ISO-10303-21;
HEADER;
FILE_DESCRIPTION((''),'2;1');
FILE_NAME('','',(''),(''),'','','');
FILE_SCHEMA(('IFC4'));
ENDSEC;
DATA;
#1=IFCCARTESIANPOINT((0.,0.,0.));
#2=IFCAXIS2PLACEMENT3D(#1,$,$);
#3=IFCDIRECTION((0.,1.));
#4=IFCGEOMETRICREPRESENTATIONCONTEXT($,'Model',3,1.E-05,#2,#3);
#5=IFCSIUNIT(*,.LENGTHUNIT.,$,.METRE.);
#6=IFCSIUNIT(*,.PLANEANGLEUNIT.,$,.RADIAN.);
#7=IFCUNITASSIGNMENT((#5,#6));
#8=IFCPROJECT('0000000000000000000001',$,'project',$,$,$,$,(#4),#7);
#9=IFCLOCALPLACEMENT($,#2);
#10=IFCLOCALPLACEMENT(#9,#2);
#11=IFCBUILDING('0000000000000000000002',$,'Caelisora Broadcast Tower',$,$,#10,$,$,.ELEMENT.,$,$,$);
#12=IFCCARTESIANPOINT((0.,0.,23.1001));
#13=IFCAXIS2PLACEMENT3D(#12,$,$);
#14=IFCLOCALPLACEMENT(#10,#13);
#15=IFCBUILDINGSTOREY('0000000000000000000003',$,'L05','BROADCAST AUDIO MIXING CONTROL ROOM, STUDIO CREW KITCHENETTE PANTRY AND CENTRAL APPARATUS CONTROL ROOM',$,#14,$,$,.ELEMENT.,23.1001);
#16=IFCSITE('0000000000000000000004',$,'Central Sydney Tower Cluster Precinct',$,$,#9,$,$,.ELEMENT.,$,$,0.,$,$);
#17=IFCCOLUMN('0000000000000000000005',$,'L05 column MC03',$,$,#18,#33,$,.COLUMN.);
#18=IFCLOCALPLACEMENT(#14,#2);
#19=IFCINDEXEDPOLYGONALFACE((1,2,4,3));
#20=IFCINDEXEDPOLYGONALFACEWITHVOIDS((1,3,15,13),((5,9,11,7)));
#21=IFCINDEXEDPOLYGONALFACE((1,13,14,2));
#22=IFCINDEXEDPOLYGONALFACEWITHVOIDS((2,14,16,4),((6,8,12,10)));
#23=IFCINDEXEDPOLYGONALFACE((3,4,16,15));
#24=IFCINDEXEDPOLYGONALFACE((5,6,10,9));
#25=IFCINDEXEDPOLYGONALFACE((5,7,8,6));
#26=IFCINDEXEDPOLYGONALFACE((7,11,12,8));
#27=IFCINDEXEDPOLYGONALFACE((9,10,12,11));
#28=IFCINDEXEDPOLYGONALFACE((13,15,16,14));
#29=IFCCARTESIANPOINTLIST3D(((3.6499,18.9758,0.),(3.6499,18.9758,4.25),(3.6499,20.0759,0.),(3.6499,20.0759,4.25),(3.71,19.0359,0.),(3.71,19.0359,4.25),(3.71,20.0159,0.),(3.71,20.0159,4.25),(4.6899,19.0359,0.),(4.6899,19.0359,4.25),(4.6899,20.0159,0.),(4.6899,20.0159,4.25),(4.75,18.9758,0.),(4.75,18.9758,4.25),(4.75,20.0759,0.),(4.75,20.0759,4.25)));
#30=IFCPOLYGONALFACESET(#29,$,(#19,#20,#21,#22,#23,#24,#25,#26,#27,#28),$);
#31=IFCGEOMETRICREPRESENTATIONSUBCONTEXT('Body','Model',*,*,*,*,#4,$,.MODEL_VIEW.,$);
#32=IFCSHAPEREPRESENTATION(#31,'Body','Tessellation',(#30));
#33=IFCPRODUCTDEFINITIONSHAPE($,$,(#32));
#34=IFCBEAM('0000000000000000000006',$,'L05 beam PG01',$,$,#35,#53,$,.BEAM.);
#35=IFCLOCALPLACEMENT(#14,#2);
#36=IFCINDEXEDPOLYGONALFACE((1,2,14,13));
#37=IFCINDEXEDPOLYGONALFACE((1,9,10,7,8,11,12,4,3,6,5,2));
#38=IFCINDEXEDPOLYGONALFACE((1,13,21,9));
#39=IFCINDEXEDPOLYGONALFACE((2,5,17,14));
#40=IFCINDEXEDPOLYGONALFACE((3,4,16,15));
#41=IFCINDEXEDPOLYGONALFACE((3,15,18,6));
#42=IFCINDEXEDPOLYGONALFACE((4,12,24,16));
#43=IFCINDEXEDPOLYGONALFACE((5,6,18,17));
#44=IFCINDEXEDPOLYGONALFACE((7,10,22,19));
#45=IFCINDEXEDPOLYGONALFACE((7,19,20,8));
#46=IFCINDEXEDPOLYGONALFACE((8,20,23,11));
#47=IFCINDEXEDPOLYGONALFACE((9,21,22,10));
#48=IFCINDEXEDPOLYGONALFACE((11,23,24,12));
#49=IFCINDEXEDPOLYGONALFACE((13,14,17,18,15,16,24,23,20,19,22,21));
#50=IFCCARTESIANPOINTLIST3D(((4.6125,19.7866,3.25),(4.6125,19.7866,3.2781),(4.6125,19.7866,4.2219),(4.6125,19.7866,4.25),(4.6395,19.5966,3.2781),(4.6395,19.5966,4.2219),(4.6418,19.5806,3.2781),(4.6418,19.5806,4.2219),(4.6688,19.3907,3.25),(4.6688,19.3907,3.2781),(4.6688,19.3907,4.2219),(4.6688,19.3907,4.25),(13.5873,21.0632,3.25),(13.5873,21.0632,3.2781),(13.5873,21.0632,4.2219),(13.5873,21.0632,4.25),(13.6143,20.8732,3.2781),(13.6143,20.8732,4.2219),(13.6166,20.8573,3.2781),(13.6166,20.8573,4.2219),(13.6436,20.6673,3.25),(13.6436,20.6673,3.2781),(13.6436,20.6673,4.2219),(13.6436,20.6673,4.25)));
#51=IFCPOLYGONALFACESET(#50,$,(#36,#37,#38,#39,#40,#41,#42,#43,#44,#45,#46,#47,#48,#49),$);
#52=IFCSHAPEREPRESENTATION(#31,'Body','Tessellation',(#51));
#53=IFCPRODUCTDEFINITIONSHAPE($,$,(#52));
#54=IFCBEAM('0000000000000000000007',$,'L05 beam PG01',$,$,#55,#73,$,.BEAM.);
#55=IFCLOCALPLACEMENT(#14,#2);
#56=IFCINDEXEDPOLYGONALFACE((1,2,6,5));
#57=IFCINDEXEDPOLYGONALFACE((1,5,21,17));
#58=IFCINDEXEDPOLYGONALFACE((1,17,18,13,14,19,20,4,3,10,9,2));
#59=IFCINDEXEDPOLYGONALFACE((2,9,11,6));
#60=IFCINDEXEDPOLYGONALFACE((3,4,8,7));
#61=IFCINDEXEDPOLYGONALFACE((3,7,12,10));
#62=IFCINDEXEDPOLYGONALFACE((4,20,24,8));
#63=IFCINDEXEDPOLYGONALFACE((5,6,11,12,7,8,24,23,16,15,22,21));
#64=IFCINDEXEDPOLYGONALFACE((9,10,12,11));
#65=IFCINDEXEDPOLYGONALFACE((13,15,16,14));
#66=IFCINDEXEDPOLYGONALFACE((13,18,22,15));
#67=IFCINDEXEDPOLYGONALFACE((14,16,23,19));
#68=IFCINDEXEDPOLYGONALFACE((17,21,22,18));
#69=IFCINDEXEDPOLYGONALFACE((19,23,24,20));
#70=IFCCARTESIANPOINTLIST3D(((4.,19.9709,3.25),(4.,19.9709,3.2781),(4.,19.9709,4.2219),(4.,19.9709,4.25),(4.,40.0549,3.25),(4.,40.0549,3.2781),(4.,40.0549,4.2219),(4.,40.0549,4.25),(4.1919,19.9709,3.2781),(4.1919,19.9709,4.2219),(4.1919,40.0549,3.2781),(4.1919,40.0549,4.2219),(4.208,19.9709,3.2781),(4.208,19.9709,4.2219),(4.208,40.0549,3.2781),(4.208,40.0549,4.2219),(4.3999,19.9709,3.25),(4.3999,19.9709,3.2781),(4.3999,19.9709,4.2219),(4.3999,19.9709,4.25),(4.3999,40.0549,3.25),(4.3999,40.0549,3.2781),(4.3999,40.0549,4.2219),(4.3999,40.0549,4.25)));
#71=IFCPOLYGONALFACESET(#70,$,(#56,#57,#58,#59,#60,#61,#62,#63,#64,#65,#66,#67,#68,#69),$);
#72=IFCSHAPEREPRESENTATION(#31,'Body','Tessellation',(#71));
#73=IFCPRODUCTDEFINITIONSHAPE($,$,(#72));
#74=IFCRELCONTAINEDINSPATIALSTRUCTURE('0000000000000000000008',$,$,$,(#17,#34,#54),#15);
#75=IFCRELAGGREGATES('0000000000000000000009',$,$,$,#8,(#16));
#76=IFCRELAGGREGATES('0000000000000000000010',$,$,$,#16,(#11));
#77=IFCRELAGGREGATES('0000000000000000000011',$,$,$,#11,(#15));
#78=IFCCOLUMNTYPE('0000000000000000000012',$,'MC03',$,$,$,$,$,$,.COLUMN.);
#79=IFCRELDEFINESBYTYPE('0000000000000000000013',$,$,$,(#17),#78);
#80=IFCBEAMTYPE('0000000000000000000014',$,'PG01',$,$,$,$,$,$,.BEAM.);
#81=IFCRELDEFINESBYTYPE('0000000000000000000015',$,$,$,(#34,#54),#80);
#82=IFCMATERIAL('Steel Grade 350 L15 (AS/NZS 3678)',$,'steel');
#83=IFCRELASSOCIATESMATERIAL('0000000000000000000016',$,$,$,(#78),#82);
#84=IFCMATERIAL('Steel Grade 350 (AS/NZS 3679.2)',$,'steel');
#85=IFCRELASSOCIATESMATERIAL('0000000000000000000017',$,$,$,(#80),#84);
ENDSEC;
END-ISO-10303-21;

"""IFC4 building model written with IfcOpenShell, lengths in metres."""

from ifc_helpers import new_model, si_unit, direction, frame, origin, origin_2d, place, context, subcontext, project, spatial, hollow_rectangle, i_section, extrude, source, transform, mapped, material, material_profile, profile_set, type_object, type_shapes, element, save


model = new_model("IFC4")

# Units and contexts
model_context = context("Model", 3, precision=1e-05, world=origin(), true_north=direction((0.0, 1.0)))
body_context = subcontext(model_context, "Body", "Model", "MODEL_VIEW")
ifc_project = project(units=[si_unit("LENGTHUNIT", "METRE"), si_unit("PLANEANGLEUNIT", "RADIAN")], contexts=[model_context])

# Site, building, storey
site_placement = place(None, origin())
site = spatial("IfcSite", under=ifc_project, at=site_placement, Name="Central Sydney Tower Cluster Precinct", CompositionType="ELEMENT", RefElevation=0.0)
building_placement = place(site_placement, origin())
building = spatial("IfcBuilding", under=site, at=building_placement, Name="Caelisora Broadcast Tower", CompositionType="ELEMENT")
storey_placement = place(building_placement, frame((0.0, 0.0, 23.1001)))
storey = spatial("IfcBuildingStorey", under=building, at=storey_placement, Name="L05", Description="BROADCAST AUDIO MIXING CONTROL ROOM, STUDIO CREW KITCHENETTE PANTRY AND CENTRAL APPARATUS CONTROL ROOM", CompositionType="ELEMENT", Elevation=23.1001)

# Column
ifc_material_1 = material(Name="Steel Grade 350 L15 (AS/NZS 3678)", Category="steel")
ifc_material_profile_1 = material_profile(ifc_material_1, hollow_rectangle(XDim=1.1001, YDim=1.1001, WallThickness=0.0601, at=origin_2d()), Name="Steel Grade 350 L15 (AS/NZS 3678)")
ifc_profile_set_1 = profile_set([ifc_material_profile_1], Name="Steel Grade 350 L15 (AS/NZS 3678)")
column_type = type_object("IfcColumnType", Name="MC03", PredefinedType="COLUMN", material=ifc_profile_set_1)
shared_shape_1 = source(origin(), body_context, "Body", "SweptSolid", [
    extrude(hollow_rectangle(XDim=1.1001, YDim=1.1001, WallThickness=0.0601, at=origin_2d()), origin(), (0.0, 0.0, 1.0), 4.25),
])
type_shapes(column_type, [shared_shape_1])
column_placement = place(storey_placement, frame((4.2, 19.5259, 0.0), z_axis=(0.0, 0.0, 1.0), x_axis=(1.0, 0.0, 0.0)))
element("IfcColumn", 1, at=column_placement, inside=storey, type_object=column_type, Name="L05 column MC03", PredefinedType="COLUMN", context=body_context, shape_type="MappedRepresentation", body=[
    mapped(shared_shape_1, transform((0.0, 0.0, 0.0), scale=1.0)),
])

# Beams
ifc_material_2 = material(Name="Steel Grade 350 (AS/NZS 3679.2)", Category="steel")
ifc_material_profile_2 = material_profile(ifc_material_2, i_section(OverallWidth=0.3999, OverallDepth=1.0, WebThickness=0.0161, FlangeThickness=0.0281, at=origin_2d()), Name="Steel Grade 350 (AS/NZS 3679.2)")
ifc_profile_set_2 = profile_set([ifc_material_profile_2], Name="Steel Grade 350 (AS/NZS 3679.2)")
beam_type = type_object("IfcBeamType", Name="PG01", PredefinedType="BEAM", material=ifc_profile_set_2)
shared_shape_2 = source(origin(), body_context, "Body", "SweptSolid", [
    extrude(i_section(OverallWidth=0.3999, OverallDepth=1.0, WebThickness=0.0161, FlangeThickness=0.0281, at=origin_2d()), origin(), (0.0, 0.0, 1.0), 9.0652),
])
beam_1_placement = place(storey_placement, frame((4.6406, 19.5886, 3.75), z_axis=(0.990034, 0.140826, 0.0), x_axis=(-0.140826, 0.990034, 0.0)))
element("IfcBeam", 2, at=beam_1_placement, inside=storey, type_object=beam_type, Name="L05 beam PG01", PredefinedType="BEAM", context=body_context, shape_type="MappedRepresentation", body=[
    mapped(shared_shape_2, transform((0.0, 0.0, 0.0), scale=1.0)),
])
shared_shape_3 = source(origin(), body_context, "Body", "SweptSolid", [
    extrude(i_section(OverallWidth=0.3999, OverallDepth=1.0, WebThickness=0.0161, FlangeThickness=0.0281, at=origin_2d()), origin(), (0.0, 0.0, 1.0), 20.084),
])
type_shapes(beam_type, [shared_shape_2, shared_shape_3])
beam_2_placement = place(storey_placement, frame((4.2, 19.9709, 3.75), z_axis=(0.0, 1.0, 0.0), x_axis=(-1.0, 0.0, 0.0)))
element("IfcBeam", 3, at=beam_2_placement, inside=storey, type_object=beam_type, Name="L05 beam PG01", PredefinedType="BEAM", context=body_context, shape_type="MappedRepresentation", body=[
    mapped(shared_shape_3, transform((0.0, 0.0, 0.0), scale=1.0)),
])

save(model, "model.ifc")
